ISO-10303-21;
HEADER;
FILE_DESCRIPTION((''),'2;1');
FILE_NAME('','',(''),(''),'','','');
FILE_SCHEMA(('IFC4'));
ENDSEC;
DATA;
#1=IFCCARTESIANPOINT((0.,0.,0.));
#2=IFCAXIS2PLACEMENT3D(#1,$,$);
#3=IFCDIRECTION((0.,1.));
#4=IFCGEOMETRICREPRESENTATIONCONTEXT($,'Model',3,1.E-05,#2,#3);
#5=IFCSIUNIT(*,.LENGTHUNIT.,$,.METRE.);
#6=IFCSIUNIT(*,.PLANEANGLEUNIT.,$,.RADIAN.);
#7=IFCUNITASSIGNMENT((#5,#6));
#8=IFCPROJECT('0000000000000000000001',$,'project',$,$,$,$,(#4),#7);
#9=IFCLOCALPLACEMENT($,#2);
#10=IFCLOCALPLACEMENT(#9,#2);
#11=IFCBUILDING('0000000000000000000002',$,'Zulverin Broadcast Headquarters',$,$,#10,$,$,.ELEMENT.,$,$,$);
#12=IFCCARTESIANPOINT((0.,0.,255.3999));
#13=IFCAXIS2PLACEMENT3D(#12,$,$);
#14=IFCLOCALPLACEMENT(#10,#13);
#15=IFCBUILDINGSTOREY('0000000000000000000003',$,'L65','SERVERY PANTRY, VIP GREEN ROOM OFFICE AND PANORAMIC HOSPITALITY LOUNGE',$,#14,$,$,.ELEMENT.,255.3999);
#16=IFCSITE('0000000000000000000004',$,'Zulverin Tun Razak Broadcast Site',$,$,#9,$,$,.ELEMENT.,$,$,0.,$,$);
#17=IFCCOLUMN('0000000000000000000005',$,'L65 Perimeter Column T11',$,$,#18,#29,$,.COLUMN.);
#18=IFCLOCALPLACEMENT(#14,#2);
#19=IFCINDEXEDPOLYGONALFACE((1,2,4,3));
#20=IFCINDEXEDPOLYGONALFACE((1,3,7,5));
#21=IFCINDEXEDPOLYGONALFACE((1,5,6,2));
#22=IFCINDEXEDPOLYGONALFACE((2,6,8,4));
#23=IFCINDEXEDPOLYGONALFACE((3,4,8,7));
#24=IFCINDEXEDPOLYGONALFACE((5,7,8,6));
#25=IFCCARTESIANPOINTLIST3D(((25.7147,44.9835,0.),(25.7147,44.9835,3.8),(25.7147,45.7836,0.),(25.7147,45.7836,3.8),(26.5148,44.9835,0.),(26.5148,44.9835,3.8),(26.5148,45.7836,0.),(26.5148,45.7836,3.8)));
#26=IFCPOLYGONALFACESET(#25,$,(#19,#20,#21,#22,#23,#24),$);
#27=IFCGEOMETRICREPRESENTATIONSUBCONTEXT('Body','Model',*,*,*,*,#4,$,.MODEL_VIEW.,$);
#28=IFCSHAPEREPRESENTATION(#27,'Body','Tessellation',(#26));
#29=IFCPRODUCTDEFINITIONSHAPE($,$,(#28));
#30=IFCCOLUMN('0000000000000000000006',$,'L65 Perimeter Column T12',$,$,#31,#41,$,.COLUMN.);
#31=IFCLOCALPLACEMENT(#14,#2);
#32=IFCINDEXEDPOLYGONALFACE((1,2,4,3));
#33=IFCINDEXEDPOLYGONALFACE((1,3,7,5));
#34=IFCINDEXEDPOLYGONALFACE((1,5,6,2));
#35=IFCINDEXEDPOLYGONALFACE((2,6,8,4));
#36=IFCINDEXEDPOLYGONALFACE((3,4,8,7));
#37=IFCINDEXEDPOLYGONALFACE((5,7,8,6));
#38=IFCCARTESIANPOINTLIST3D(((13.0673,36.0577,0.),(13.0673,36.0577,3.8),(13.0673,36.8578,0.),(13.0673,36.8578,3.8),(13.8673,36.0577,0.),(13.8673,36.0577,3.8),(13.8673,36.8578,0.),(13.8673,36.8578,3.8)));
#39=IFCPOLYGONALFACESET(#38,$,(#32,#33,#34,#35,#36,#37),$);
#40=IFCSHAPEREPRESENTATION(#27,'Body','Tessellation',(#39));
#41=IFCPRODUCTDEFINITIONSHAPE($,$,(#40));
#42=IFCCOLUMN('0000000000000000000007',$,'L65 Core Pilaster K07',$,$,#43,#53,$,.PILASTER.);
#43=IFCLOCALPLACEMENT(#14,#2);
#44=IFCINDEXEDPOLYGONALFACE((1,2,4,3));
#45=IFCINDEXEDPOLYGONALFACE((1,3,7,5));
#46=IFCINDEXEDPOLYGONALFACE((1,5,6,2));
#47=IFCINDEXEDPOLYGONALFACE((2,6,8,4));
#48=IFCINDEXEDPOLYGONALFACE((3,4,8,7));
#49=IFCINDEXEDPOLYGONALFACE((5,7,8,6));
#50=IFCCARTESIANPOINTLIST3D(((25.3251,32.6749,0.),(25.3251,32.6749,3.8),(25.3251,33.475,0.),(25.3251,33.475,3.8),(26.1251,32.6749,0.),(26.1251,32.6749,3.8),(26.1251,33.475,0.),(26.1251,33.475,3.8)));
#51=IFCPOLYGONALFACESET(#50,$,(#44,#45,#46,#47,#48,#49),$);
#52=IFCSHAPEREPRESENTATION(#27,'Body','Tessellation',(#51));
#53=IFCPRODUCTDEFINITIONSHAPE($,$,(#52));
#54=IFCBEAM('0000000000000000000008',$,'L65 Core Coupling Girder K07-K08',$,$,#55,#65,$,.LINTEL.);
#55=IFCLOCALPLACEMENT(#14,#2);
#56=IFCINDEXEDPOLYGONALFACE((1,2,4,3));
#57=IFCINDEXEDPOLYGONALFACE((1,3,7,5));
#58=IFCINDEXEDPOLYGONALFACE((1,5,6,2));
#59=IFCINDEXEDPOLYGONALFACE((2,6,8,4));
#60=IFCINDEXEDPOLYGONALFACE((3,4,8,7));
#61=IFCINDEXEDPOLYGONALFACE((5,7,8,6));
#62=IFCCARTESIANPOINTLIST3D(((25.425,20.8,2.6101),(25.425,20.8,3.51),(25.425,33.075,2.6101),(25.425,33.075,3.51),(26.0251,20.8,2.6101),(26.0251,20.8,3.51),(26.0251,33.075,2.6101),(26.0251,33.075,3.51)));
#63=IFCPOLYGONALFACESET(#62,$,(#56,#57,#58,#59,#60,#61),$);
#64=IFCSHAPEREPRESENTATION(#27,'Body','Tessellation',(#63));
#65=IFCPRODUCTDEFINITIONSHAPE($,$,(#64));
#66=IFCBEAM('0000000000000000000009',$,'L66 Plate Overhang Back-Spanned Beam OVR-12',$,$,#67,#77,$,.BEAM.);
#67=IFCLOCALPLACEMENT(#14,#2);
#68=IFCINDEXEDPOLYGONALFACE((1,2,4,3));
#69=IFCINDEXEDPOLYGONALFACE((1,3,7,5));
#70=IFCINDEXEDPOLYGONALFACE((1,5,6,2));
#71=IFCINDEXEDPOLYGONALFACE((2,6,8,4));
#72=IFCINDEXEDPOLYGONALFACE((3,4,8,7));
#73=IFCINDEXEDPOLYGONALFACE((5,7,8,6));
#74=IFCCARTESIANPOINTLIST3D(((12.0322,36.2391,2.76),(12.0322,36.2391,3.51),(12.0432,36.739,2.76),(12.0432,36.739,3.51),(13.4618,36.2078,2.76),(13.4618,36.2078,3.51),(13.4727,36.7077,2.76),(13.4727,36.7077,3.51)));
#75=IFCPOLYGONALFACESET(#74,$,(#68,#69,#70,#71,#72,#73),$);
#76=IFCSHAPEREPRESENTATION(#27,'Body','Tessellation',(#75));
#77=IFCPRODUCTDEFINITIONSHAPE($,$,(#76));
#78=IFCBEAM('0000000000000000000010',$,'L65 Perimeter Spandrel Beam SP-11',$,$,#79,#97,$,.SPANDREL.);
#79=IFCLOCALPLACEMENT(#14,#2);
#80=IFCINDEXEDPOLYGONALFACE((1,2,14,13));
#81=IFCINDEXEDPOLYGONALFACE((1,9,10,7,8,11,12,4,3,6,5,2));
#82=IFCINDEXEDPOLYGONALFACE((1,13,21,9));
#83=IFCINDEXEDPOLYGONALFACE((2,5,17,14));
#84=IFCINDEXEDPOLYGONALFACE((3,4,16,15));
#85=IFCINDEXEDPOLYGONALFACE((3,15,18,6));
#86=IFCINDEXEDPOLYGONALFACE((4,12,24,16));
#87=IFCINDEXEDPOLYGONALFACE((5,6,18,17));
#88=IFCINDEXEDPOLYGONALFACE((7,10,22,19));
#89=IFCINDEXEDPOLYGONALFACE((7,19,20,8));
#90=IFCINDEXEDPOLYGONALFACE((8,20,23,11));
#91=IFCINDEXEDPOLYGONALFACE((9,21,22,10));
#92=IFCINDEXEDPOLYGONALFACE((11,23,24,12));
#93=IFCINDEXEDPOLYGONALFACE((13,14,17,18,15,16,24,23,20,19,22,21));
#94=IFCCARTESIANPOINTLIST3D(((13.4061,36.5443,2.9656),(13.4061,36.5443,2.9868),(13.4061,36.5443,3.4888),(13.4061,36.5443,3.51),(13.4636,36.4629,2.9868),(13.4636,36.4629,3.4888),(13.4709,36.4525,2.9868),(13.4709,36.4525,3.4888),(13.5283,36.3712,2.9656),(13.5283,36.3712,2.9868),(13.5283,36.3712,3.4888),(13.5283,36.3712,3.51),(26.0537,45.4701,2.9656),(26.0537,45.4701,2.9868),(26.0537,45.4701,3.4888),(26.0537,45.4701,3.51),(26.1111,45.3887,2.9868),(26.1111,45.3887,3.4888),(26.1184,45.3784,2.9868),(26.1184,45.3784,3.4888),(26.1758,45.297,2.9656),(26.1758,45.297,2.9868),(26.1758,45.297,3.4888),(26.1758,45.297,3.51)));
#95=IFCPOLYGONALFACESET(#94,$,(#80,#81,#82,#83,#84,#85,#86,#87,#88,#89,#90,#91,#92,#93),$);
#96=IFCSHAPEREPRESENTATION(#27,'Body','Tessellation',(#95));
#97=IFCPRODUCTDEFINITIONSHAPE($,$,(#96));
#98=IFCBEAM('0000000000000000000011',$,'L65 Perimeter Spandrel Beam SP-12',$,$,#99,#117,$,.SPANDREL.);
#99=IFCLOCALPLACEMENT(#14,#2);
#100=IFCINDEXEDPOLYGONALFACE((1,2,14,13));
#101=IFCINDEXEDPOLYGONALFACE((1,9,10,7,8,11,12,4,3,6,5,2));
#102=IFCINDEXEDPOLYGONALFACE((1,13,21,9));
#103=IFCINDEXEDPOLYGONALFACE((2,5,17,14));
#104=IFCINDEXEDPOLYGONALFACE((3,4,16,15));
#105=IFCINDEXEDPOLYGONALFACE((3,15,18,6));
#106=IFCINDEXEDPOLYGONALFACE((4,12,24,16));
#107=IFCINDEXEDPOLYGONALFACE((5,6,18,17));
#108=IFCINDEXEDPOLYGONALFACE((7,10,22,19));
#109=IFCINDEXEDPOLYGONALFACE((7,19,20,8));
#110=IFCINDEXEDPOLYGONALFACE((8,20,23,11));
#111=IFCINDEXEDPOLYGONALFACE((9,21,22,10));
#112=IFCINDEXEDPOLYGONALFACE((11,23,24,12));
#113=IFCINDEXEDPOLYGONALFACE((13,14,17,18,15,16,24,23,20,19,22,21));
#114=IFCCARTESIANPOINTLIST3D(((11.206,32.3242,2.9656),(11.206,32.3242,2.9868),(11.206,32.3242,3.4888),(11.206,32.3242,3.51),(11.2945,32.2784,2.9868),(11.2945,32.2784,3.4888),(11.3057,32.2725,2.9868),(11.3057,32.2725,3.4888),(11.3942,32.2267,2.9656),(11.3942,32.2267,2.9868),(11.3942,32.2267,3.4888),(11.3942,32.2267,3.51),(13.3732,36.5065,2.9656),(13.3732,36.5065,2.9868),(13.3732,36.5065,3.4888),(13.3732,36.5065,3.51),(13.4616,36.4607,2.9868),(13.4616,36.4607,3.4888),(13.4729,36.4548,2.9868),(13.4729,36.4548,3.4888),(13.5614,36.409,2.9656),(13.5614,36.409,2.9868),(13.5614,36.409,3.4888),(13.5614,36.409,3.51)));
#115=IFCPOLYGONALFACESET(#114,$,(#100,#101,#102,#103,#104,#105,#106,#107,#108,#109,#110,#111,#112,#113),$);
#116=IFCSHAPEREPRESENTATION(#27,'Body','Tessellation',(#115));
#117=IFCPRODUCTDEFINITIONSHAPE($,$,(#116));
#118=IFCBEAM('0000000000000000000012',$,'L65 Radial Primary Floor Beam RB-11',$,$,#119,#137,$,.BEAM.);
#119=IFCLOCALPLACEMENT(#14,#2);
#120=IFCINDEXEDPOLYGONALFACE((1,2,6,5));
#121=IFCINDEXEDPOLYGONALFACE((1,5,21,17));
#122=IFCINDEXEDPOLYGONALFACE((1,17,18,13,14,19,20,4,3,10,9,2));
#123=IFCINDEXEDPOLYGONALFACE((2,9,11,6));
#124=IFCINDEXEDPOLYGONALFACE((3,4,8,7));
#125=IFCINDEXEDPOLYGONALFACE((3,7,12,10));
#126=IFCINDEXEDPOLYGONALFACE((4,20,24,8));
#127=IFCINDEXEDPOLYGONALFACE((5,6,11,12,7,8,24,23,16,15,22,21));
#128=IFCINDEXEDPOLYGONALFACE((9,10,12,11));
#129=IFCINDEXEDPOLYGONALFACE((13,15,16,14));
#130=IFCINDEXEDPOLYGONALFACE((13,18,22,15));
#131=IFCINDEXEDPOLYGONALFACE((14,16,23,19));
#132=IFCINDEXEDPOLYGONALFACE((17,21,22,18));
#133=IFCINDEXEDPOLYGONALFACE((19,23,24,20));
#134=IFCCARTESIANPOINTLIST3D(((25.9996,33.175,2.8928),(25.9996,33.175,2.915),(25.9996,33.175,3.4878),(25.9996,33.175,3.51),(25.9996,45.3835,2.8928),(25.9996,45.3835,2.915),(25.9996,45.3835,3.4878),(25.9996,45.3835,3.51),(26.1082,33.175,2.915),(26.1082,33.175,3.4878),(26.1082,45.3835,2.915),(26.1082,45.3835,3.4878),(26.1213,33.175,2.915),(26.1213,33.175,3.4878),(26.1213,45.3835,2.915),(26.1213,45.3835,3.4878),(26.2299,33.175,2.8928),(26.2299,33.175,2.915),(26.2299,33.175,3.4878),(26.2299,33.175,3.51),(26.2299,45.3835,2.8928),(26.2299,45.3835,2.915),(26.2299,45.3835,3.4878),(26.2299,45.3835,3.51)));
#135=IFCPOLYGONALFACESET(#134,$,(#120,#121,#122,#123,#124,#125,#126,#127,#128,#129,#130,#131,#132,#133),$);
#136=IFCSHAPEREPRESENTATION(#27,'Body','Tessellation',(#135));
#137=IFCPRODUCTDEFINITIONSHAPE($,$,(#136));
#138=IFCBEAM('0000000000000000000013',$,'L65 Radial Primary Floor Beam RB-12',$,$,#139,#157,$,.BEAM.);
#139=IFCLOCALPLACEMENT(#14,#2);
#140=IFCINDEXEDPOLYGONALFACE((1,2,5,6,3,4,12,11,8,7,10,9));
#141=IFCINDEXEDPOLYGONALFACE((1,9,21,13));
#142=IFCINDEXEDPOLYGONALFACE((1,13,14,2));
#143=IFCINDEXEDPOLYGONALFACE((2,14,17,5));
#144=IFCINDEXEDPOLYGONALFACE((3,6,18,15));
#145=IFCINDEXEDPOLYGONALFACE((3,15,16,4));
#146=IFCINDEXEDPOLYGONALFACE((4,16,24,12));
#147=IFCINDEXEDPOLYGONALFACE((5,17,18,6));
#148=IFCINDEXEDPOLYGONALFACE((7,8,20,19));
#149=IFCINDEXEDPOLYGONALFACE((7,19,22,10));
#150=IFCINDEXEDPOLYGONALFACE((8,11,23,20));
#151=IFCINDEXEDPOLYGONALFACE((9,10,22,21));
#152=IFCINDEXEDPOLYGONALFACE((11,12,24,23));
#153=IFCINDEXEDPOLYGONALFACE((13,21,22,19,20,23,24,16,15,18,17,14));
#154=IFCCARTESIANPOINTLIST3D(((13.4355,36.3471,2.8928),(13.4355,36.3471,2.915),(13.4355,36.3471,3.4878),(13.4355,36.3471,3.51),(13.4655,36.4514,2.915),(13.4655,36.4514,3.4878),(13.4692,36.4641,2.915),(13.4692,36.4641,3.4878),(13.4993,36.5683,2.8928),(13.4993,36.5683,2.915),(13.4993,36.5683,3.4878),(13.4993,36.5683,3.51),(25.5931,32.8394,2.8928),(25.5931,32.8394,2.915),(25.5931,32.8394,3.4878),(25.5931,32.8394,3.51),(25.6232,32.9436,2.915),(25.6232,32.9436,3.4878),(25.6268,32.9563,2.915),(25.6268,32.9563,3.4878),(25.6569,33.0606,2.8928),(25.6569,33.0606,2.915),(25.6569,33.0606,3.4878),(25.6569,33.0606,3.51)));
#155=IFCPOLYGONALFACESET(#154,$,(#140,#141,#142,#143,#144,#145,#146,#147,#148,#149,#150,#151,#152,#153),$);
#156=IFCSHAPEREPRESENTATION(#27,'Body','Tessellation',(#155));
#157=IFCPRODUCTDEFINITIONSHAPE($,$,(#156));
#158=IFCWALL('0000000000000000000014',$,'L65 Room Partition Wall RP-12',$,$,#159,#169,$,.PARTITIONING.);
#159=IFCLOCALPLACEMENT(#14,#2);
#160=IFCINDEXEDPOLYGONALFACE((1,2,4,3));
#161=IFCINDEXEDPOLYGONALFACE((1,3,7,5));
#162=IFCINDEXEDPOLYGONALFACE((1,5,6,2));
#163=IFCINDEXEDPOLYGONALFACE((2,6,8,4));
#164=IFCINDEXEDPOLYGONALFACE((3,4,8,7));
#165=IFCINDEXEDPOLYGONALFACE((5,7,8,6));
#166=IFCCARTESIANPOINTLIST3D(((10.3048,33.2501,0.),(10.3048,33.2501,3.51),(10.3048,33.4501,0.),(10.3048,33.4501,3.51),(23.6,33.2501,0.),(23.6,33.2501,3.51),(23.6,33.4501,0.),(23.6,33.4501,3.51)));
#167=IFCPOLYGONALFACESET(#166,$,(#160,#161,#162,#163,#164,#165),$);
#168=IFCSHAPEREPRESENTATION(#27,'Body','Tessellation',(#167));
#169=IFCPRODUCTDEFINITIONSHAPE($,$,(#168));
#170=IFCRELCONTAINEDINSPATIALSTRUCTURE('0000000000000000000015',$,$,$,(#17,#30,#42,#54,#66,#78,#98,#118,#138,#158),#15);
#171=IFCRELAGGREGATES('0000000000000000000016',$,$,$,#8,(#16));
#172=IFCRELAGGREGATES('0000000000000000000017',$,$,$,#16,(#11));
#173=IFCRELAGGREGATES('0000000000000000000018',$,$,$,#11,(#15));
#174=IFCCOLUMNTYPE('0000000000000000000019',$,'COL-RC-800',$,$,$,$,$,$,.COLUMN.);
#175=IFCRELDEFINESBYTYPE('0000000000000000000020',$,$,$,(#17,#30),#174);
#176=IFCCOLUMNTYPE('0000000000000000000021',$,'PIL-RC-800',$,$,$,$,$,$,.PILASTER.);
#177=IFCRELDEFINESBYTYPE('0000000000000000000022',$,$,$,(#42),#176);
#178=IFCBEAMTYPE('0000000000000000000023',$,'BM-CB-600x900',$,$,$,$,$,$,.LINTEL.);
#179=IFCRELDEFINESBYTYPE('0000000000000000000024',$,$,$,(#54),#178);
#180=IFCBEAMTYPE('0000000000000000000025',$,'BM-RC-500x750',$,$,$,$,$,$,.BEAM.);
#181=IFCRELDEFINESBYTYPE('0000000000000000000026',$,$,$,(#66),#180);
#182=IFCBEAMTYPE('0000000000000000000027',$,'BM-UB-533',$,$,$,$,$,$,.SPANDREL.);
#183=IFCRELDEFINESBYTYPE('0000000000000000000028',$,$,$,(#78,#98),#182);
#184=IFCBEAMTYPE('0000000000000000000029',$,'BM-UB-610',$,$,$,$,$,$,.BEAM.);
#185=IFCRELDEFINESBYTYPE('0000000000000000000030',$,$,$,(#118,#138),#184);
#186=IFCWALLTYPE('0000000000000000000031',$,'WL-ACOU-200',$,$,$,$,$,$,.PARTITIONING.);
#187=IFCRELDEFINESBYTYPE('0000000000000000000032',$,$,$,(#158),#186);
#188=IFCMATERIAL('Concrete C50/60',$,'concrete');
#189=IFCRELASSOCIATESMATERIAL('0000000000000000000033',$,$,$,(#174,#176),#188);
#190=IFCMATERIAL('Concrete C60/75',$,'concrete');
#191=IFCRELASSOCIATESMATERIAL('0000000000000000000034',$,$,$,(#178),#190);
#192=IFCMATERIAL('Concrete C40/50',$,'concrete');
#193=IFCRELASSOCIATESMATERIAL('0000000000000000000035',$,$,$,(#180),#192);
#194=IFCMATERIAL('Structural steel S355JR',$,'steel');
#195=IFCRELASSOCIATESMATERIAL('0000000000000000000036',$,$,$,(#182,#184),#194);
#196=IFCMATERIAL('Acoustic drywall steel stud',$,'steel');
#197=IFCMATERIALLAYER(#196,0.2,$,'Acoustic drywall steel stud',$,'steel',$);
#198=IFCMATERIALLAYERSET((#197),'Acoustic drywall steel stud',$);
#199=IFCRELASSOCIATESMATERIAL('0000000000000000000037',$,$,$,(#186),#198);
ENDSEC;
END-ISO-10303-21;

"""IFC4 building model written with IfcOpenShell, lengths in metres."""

from ifc_helpers import new_model, si_unit, direction, frame, frame_2d, origin, origin_2d, place, context, subcontext, project, spatial, rectangle, i_section, extrude, material, layer, layer_set, material_profile, profile_set, type_object, element, save


model = new_model("IFC4")

# Units and contexts
model_context = context("Model", 3, precision=1e-05, world=origin(), true_north=direction((0.0, 1.0)))
body_context = subcontext(model_context, "Body", "Model", "MODEL_VIEW")
ifc_project = project(units=[si_unit("LENGTHUNIT", "METRE"), si_unit("PLANEANGLEUNIT", "RADIAN")], contexts=[model_context])

# Site, building, storey
site_placement = place(None, origin())
site = spatial("IfcSite", under=ifc_project, at=site_placement, Name="Zulverin Tun Razak Broadcast Site", CompositionType="ELEMENT", RefElevation=0.0)
building_placement = place(site_placement, origin())
building = spatial("IfcBuilding", under=site, at=building_placement, Name="Zulverin Broadcast Headquarters", CompositionType="ELEMENT")
storey_placement = place(building_placement, frame((0.0, 0.0, 255.3999)))
storey = spatial("IfcBuildingStorey", under=building, at=storey_placement, Name="L65", Description="SERVERY PANTRY, VIP GREEN ROOM OFFICE AND PANORAMIC HOSPITALITY LOUNGE", CompositionType="ELEMENT", Elevation=255.3999)

# Columns
ifc_material_1 = material(Name="Concrete C50/60", Category="concrete")
ifc_material_profile_1 = material_profile(ifc_material_1, rectangle(XDim=0.8, YDim=0.8, at=origin_2d()), Name="Concrete C50/60", Category="concrete")
ifc_profile_set_1 = profile_set([ifc_material_profile_1], Name="Concrete C50/60")
column_type_1 = type_object("IfcColumnType", Name="COL-RC-800", PredefinedType="COLUMN", material=ifc_profile_set_1)
for number, where, z_axis, x_axis, name in (
    (1, (26.1147, 45.3835, 0.0), (0.0, 0.0, 1.0), (1.0, 0.0, 0.0), "L65 Perimeter Column T11"),
    (2, (13.4673, 36.4578, 0.0), (0.0, 0.0, 1.0), (1.0, 0.0, 0.0), "L65 Perimeter Column T12"),
):
    element("IfcColumn", number, at=place(storey_placement, frame(where, z_axis=z_axis, x_axis=x_axis)), inside=storey, type_object=column_type_1, Name=name, PredefinedType="COLUMN", context=body_context, shape_type="SweptSolid", body=[
        extrude(rectangle(XDim=0.8, YDim=0.8, at=origin_2d()), origin(), (0.0, 0.0, 1.0), 3.8),
    ])
ifc_material_profile_2 = material_profile(ifc_material_1, rectangle(XDim=0.8, YDim=0.8, at=origin_2d()), Name="Concrete C50/60", Category="concrete")
ifc_profile_set_2 = profile_set([ifc_material_profile_2], Name="Concrete C50/60")
column_type_2 = type_object("IfcColumnType", Name="PIL-RC-800", PredefinedType="PILASTER", material=ifc_profile_set_2)
column_placement = place(storey_placement, frame((25.7251, 33.075, 0.0), z_axis=(0.0, 0.0, 1.0), x_axis=(1.0, 0.0, 0.0)))
element("IfcColumn", 3, at=column_placement, inside=storey, type_object=column_type_2, Name="L65 Core Pilaster K07", PredefinedType="PILASTER", context=body_context, shape_type="SweptSolid", body=[
    extrude(rectangle(XDim=0.8, YDim=0.8, at=origin_2d()), origin(), (0.0, 0.0, 1.0), 3.8),
])

# Beams
ifc_material_2 = material(Name="Concrete C60/75", Category="concrete")
ifc_material_profile_3 = material_profile(ifc_material_2, rectangle(XDim=0.6001, YDim=0.8999, at=origin_2d()), Name="Concrete C60/75", Category="concrete")
ifc_profile_set_3 = profile_set([ifc_material_profile_3], Name="Concrete C60/75")
beam_type_1 = type_object("IfcBeamType", Name="BM-CB-600x900", PredefinedType="LINTEL", material=ifc_profile_set_3)
beam_1_placement = place(storey_placement, frame((25.7251, 33.075, 3.0601), z_axis=(0.0, -1.0, 0.0), x_axis=(1.0, 0.0, 0.0)))
element("IfcBeam", 4, at=beam_1_placement, inside=storey, type_object=beam_type_1, Name="L65 Core Coupling Girder K07-K08", PredefinedType="LINTEL", context=body_context, shape_type="SweptSolid", body=[
    extrude(rectangle(XDim=0.6001, YDim=0.8999, at=origin_2d()), origin(), (0.0, 0.0, 1.0), 12.2749),
])
ifc_material_3 = material(Name="Concrete C40/50", Category="concrete")
ifc_material_profile_4 = material_profile(ifc_material_3, rectangle(XDim=0.5, YDim=0.75, at=origin_2d()), Name="Concrete C40/50", Category="concrete")
ifc_profile_set_4 = profile_set([ifc_material_profile_4], Name="Concrete C40/50")
beam_type_2 = type_object("IfcBeamType", Name="BM-RC-500x750", PredefinedType="BEAM", material=ifc_profile_set_4)
beam_2_placement = place(storey_placement, frame((13.4673, 36.4578, 3.135), z_axis=(-0.999761, 0.021853, 0.0), x_axis=(-0.021853, -0.999761, 0.0)))
element("IfcBeam", 5, at=beam_2_placement, inside=storey, type_object=beam_type_2, Name="L66 Plate Overhang Back-Spanned Beam OVR-12", PredefinedType="BEAM", context=body_context, shape_type="SweptSolid", body=[
    extrude(rectangle(XDim=0.5, YDim=0.75, at=origin_2d()), origin(), (0.0, 0.0, 1.0), 1.4299),
])
ifc_material_4 = material(Name="Structural steel S355JR", Category="steel")
ifc_material_profile_5 = material_profile(ifc_material_4, i_section(OverallWidth=0.2119, OverallDepth=0.5444, WebThickness=0.0127, FlangeThickness=0.0212, at=origin_2d()), Name="Structural steel S355JR", Category="steel")
ifc_profile_set_5 = profile_set([ifc_material_profile_5], Name="Structural steel S355JR")
beam_type_3 = type_object("IfcBeamType", Name="BM-UB-533", PredefinedType="SPANDREL", material=ifc_profile_set_5)
beam_3_placement = place(storey_placement, frame((26.1147, 45.3835, 3.2378), z_axis=(-0.817024, -0.576604, 0.0), x_axis=(0.576604, -0.817024, 0.0)))
element("IfcBeam", 6, at=beam_3_placement, inside=storey, type_object=beam_type_3, Name="L65 Perimeter Spandrel Beam SP-11", PredefinedType="SPANDREL", context=body_context, shape_type="SweptSolid", body=[
    extrude(i_section(OverallWidth=0.2119, OverallDepth=0.5444, WebThickness=0.0127, FlangeThickness=0.0212, at=origin_2d()), origin(), (0.0, 0.0, 1.0), 15.48),
])
beam_4_placement = place(storey_placement, frame((13.4673, 36.4578, 3.2378), z_axis=(-0.460083, -0.887876, 0.0), x_axis=(0.887876, -0.460083, 0.0)))
element("IfcBeam", 7, at=beam_4_placement, inside=storey, type_object=beam_type_3, Name="L65 Perimeter Spandrel Beam SP-12", PredefinedType="SPANDREL", context=body_context, shape_type="SweptSolid", body=[
    extrude(i_section(OverallWidth=0.2119, OverallDepth=0.5444, WebThickness=0.0127, FlangeThickness=0.0212, at=origin_2d()), origin(), (0.0, 0.0, 1.0), 4.7104),
])
ifc_material_profile_6 = material_profile(ifc_material_4, i_section(OverallWidth=0.2302, OverallDepth=0.6172, WebThickness=0.0132, FlangeThickness=0.0222, at=origin_2d()), Name="Structural steel S355JR", Category="steel")
ifc_profile_set_6 = profile_set([ifc_material_profile_6], Name="Structural steel S355JR")
beam_type_4 = type_object("IfcBeamType", Name="BM-UB-610", PredefinedType="BEAM", material=ifc_profile_set_6)
beam_5_placement = place(storey_placement, frame((26.1147, 33.175, 3.2014), z_axis=(0.0, 1.0, 0.0), x_axis=(-1.0, 0.0, 0.0)))
element("IfcBeam", 8, at=beam_5_placement, inside=storey, type_object=beam_type_4, Name="L65 Radial Primary Floor Beam RB-11", PredefinedType="BEAM", context=body_context, shape_type="SweptSolid", body=[
    extrude(i_section(OverallWidth=0.2302, OverallDepth=0.6172, WebThickness=0.0132, FlangeThickness=0.0222, at=origin_2d()), origin(), (0.0, 0.0, 1.0), 12.2085),
])
beam_6_placement = place(storey_placement, frame((25.625, 32.95, 3.2014), z_axis=(-0.960807, 0.277218, 0.0), x_axis=(-0.277218, -0.960807, 0.0)))
element("IfcBeam", 9, at=beam_6_placement, inside=storey, type_object=beam_type_4, Name="L65 Radial Primary Floor Beam RB-12", PredefinedType="BEAM", context=body_context, shape_type="SweptSolid", body=[
    extrude(i_section(OverallWidth=0.2302, OverallDepth=0.6172, WebThickness=0.0132, FlangeThickness=0.0222, at=origin_2d()), origin(), (0.0, 0.0, 1.0), 12.6536),
])

# Wall
ifc_material_5 = material(Name="Acoustic drywall steel stud", Category="steel")
ifc_layer_1 = layer(ifc_material_5, 0.2, Name="Acoustic drywall steel stud", Category="steel")
ifc_layer_set_1 = layer_set([ifc_layer_1], Name="Acoustic drywall steel stud")
wall_type_1 = type_object("IfcWallType", Name="WL-ACOU-200", PredefinedType="PARTITIONING", material=ifc_layer_set_1)
wall_1_placement = place(storey_placement, frame((10.3049, 33.3501, 0.0), z_axis=(0.0, 0.0, 1.0), x_axis=(1.0, 0.0, 0.0)))
element("IfcWall", 10, at=wall_1_placement, inside=storey, type_object=wall_type_1, Name="L65 Room Partition Wall RP-12", PredefinedType="PARTITIONING", context=body_context, shape_type="SweptSolid", body=[
    extrude(rectangle(XDim=13.2952, YDim=0.2, at=frame_2d((6.6475, 0.0))), origin(), (0.0, 0.0, 1.0), 3.51),
])

save(model, "model.ifc")
